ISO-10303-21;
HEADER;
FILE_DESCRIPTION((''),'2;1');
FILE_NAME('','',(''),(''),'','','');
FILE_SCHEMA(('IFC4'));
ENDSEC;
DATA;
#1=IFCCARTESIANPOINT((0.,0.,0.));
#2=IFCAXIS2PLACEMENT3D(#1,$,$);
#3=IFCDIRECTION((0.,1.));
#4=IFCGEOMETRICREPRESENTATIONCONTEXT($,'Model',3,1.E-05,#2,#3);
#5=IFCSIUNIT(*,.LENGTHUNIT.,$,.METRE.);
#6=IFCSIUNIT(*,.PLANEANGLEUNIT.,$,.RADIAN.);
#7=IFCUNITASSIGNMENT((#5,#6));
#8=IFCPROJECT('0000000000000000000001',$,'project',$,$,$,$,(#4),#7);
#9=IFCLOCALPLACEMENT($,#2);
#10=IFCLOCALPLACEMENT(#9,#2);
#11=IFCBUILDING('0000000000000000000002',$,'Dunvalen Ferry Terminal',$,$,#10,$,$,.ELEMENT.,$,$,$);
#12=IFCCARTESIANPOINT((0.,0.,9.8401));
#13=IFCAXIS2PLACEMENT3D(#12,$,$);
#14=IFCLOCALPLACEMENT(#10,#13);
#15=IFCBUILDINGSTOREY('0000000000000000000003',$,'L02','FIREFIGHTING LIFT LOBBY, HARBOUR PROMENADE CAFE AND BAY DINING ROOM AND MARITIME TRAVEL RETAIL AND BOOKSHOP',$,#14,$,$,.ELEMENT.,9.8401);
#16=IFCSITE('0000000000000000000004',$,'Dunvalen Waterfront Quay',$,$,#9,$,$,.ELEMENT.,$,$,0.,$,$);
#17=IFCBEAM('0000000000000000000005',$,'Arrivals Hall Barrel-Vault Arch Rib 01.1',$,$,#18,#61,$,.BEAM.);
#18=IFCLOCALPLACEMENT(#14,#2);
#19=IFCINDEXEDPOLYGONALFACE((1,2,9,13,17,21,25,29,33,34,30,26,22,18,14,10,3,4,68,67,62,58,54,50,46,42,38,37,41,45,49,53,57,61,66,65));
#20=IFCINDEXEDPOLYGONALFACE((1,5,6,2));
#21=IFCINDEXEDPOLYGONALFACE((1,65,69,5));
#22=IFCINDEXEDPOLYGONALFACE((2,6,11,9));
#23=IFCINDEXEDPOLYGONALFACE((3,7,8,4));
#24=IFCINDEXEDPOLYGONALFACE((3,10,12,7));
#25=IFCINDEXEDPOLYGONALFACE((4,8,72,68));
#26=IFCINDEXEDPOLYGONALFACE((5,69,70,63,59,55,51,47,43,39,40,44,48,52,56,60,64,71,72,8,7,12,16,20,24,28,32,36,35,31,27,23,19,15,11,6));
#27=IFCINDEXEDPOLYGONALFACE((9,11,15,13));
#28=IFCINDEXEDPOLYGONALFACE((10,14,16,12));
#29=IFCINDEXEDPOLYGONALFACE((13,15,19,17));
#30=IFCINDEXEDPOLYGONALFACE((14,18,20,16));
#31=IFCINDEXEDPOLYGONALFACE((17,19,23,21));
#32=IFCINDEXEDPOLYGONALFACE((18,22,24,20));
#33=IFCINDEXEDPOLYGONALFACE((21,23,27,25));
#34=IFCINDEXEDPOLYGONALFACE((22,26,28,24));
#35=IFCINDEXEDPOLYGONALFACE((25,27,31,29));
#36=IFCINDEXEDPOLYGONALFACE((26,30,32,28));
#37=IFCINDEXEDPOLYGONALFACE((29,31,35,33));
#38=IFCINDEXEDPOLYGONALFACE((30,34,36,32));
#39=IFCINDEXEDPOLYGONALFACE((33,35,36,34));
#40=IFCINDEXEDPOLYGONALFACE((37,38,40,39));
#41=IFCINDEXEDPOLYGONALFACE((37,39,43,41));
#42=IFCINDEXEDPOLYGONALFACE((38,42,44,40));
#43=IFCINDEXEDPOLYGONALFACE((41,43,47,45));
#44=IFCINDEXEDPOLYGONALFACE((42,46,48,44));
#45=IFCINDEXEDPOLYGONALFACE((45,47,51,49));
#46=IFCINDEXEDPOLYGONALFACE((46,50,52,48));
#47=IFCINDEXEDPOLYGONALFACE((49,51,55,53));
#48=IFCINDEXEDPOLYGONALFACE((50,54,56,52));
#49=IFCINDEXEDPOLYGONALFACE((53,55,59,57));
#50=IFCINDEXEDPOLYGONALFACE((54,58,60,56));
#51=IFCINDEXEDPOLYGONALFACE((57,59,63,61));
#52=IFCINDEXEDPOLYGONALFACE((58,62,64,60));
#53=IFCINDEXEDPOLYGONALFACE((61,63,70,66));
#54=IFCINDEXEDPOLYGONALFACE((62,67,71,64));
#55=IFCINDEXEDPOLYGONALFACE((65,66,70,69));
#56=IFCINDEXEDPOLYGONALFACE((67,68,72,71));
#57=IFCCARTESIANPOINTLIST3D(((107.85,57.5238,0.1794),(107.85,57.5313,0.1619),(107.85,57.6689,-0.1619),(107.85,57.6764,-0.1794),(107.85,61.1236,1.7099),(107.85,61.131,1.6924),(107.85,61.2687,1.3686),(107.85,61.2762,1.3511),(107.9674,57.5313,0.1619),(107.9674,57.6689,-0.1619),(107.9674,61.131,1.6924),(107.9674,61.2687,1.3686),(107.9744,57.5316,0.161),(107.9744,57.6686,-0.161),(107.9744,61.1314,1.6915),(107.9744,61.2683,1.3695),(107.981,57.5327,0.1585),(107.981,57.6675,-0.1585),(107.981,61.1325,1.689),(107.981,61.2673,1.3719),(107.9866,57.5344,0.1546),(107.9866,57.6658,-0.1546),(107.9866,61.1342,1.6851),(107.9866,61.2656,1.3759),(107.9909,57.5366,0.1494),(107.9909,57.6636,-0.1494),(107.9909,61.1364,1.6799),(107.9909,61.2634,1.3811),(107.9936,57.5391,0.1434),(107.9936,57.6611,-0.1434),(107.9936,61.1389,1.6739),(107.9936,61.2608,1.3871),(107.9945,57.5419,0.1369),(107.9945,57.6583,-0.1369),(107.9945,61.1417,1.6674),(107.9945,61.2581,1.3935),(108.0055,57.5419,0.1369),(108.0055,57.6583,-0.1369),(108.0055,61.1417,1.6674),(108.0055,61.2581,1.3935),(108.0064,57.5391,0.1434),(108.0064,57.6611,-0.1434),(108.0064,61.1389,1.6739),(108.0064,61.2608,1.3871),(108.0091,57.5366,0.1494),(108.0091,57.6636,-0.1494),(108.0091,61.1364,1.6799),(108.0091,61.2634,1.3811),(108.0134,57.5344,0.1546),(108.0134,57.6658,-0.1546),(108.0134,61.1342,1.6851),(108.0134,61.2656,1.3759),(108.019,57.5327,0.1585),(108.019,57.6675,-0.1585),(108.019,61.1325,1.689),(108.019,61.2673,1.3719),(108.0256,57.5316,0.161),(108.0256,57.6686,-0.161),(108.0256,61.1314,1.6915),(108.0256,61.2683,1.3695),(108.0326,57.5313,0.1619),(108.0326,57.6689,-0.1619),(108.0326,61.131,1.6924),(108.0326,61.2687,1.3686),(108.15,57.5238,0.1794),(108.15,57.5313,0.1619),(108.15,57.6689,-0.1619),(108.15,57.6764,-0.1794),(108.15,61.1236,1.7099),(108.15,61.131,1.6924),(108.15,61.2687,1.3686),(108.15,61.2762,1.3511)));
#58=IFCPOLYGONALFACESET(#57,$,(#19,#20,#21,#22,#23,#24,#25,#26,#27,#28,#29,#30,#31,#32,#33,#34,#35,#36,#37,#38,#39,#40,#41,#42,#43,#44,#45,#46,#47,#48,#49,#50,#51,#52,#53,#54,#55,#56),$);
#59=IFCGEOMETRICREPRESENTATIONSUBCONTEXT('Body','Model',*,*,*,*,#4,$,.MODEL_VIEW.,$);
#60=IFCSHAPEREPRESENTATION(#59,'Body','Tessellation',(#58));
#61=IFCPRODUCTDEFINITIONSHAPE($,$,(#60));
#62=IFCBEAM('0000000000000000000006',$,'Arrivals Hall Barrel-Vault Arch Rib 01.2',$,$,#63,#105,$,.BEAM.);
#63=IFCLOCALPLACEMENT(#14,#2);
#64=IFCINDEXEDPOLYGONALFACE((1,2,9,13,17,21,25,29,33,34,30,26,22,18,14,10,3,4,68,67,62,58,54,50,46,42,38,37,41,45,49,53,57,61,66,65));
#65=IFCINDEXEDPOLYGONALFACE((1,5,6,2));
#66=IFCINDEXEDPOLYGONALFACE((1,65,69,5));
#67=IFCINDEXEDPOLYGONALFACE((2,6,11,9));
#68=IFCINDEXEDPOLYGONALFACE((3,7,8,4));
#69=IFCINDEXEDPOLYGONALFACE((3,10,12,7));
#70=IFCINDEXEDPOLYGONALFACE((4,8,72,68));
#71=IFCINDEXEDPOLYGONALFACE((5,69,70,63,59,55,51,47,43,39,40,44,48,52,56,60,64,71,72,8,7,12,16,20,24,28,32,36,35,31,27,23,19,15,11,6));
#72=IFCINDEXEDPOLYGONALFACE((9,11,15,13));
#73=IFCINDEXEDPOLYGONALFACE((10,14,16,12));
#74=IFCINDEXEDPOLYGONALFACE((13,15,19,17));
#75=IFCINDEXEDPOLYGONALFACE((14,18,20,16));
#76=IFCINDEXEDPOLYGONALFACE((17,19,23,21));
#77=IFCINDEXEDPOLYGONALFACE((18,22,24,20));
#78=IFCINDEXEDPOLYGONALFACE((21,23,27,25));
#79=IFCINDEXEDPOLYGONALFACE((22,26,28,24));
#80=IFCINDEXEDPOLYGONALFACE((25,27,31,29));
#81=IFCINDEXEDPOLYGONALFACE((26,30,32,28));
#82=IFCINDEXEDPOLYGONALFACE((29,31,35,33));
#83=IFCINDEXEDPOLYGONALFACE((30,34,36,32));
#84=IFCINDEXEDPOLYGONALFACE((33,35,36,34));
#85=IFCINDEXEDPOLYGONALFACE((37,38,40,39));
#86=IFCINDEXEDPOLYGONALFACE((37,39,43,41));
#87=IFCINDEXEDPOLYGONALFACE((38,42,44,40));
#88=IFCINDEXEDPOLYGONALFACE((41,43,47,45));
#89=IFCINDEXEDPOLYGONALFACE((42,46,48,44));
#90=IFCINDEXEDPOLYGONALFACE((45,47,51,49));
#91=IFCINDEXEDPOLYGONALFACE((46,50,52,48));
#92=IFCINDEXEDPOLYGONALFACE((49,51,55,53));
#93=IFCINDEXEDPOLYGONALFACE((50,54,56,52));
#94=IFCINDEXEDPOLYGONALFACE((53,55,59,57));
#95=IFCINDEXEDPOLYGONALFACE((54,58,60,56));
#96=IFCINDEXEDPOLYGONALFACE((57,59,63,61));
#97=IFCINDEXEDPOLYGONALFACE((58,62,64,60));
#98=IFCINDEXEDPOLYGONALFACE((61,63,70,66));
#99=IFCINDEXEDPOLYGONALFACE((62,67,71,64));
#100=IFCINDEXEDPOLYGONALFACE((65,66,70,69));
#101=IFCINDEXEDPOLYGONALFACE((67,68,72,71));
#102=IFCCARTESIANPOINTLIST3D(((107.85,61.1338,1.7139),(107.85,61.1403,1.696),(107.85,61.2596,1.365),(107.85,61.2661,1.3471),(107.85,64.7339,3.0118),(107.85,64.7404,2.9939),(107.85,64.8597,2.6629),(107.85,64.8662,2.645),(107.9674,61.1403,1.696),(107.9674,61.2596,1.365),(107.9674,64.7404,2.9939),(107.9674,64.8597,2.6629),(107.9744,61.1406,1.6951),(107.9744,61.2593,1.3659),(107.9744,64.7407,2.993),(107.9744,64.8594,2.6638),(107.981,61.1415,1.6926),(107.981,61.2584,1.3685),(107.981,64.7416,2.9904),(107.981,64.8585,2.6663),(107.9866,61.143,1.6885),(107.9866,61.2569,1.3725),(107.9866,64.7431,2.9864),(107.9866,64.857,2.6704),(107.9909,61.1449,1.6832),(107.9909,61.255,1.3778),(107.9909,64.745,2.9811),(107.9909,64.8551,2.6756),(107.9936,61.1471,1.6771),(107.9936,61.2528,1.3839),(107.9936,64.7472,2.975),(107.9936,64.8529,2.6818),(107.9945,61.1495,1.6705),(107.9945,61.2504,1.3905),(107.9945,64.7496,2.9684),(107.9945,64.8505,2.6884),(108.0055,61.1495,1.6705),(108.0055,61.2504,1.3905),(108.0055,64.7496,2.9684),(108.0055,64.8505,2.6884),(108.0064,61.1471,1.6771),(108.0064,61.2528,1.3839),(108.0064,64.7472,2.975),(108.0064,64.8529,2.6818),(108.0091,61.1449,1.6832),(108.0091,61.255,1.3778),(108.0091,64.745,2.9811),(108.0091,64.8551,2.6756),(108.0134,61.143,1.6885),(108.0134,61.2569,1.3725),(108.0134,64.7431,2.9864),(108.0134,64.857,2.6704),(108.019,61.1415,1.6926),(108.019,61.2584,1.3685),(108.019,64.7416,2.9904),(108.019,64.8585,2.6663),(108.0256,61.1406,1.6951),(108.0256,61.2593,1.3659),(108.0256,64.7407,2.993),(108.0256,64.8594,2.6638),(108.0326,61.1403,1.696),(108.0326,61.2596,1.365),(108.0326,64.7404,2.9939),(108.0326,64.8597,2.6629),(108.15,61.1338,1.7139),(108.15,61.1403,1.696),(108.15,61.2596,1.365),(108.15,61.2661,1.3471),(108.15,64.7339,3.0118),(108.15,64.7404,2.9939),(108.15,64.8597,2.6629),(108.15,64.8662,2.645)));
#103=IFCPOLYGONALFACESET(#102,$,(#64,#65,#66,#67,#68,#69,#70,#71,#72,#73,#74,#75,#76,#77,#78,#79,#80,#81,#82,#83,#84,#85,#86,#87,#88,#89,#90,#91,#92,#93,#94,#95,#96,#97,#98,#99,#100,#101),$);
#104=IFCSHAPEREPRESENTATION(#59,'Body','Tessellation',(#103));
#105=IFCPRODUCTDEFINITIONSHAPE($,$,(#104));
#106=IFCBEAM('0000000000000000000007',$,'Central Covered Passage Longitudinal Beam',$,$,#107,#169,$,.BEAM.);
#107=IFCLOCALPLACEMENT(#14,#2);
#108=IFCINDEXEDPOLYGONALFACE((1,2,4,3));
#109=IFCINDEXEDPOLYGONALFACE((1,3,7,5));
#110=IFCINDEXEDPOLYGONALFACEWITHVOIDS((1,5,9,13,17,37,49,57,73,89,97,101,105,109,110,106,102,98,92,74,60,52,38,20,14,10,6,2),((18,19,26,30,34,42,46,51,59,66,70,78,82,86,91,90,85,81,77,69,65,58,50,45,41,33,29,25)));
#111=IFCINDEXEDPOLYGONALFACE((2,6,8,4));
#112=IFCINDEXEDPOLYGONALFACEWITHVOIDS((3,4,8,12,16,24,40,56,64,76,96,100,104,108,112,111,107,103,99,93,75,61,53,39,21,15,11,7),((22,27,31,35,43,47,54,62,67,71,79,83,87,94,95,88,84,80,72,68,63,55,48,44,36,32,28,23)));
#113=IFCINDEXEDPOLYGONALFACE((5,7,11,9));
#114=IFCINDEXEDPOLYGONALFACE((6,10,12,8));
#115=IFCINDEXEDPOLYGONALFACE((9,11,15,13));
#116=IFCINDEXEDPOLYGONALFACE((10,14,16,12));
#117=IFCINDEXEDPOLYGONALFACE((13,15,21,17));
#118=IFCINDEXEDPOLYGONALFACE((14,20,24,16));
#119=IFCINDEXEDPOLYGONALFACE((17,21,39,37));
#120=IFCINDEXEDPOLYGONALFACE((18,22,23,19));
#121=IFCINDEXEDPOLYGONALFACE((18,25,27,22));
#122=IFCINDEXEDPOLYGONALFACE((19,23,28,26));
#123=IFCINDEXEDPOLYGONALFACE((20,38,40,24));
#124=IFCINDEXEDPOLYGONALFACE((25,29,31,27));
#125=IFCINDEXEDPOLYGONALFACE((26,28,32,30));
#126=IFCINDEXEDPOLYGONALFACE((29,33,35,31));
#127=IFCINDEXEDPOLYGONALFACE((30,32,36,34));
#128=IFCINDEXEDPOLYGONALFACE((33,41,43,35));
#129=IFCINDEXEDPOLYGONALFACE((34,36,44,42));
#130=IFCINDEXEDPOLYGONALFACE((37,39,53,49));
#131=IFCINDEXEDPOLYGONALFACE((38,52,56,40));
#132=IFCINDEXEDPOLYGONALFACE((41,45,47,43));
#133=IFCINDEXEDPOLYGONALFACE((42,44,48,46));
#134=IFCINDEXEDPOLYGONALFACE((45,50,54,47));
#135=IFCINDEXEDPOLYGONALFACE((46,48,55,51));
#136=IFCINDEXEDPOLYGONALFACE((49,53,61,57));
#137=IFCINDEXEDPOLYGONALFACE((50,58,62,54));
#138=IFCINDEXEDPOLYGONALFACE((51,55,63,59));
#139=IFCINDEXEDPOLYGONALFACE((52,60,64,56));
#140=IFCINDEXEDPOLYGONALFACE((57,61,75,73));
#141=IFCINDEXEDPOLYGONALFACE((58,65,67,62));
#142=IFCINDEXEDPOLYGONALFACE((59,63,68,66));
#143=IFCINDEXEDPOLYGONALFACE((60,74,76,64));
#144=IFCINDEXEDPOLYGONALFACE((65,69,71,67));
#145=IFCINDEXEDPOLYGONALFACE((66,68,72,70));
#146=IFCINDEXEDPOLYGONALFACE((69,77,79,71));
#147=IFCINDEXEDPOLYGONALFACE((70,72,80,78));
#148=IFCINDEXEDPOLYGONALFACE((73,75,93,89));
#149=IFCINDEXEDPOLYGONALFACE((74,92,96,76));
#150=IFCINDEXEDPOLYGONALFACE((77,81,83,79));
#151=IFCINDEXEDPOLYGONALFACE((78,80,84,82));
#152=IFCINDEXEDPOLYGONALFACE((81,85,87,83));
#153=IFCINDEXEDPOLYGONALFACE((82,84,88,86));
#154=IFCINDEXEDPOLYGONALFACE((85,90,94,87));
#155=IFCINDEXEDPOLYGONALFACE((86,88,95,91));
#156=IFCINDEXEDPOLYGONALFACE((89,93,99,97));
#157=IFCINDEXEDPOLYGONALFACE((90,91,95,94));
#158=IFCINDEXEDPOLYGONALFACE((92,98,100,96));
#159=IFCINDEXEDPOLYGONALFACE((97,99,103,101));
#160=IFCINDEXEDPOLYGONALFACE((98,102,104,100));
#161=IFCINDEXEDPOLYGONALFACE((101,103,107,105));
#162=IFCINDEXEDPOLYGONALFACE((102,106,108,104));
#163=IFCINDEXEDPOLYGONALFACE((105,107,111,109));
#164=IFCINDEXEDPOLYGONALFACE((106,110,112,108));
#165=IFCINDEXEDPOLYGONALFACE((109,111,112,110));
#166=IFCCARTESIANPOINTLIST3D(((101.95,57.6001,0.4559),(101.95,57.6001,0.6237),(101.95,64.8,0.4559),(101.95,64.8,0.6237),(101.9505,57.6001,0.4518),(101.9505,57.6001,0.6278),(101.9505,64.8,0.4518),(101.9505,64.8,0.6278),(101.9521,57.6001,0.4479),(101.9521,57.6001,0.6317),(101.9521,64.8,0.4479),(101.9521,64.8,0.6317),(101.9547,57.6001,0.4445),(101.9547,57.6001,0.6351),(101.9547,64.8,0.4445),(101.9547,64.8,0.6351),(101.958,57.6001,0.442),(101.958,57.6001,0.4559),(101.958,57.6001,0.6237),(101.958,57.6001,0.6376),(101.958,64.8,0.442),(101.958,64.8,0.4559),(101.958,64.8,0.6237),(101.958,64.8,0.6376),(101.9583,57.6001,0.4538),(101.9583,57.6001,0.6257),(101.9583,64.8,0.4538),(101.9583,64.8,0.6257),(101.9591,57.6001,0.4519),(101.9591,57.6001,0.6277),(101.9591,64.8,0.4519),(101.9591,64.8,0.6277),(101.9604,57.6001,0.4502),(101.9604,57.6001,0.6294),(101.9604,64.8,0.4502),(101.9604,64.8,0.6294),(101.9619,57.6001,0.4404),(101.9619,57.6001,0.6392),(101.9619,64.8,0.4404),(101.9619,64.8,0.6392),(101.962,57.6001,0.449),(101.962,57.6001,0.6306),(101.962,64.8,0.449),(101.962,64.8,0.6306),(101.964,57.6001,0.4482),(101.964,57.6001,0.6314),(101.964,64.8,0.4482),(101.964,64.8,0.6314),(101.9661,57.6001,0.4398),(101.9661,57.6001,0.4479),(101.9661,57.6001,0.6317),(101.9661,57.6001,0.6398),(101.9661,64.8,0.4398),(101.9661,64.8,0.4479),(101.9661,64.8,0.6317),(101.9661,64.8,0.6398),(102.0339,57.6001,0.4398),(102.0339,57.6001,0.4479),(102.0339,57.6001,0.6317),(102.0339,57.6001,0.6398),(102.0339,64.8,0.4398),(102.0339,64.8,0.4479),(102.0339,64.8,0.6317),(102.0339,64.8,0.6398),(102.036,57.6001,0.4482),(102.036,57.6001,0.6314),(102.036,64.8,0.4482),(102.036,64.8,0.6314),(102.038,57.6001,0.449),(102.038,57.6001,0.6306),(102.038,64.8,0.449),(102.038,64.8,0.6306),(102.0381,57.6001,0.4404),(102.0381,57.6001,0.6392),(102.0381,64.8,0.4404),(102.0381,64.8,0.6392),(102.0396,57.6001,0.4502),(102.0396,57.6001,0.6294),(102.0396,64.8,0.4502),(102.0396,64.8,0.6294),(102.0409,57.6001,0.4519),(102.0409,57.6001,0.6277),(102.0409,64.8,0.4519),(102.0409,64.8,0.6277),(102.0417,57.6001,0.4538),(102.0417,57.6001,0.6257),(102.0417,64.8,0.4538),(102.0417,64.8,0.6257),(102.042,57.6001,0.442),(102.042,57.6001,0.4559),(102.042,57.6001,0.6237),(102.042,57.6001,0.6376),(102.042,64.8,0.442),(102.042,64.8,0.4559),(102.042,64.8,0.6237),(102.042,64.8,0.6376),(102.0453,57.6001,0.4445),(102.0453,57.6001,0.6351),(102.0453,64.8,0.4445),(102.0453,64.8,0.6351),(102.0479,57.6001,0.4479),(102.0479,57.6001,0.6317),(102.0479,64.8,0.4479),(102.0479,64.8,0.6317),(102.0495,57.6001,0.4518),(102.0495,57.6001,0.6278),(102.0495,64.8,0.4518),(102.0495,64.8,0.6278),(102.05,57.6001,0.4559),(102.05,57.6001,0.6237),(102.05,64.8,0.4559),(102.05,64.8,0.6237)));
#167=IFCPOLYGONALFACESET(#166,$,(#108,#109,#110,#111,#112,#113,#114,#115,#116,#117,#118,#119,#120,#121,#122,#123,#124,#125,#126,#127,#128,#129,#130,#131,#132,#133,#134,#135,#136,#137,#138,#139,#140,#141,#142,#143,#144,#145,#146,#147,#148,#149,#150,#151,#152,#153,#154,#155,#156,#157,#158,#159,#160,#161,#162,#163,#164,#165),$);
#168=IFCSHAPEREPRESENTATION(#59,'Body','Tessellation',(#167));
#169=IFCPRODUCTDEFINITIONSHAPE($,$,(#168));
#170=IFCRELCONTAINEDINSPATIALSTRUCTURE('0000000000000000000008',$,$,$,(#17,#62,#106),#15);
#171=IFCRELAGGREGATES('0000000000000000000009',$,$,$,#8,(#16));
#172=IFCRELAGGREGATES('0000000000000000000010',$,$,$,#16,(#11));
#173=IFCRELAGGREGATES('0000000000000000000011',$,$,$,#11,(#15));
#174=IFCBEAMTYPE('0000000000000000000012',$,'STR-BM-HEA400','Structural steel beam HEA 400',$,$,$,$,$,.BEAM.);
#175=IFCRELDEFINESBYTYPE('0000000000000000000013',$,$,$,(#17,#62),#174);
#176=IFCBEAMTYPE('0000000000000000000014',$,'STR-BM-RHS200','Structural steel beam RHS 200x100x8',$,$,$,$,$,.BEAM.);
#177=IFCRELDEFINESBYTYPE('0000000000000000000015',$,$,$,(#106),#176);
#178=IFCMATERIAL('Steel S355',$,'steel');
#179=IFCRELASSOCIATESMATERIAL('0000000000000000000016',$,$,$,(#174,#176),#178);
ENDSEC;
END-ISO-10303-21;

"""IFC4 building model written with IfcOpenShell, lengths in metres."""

from ifc_helpers import new_model, si_unit, direction, frame, origin, origin_2d, place, context, subcontext, project, spatial, hollow_rectangle, i_section, extrude, material, material_profile, profile_set, type_object, element, save


model = new_model("IFC4")

# Units and contexts
model_context = context("Model", 3, precision=1e-05, world=origin(), true_north=direction((0.0, 1.0)))
body_context = subcontext(model_context, "Body", "Model", "MODEL_VIEW")
ifc_project = project(units=[si_unit("LENGTHUNIT", "METRE"), si_unit("PLANEANGLEUNIT", "RADIAN")], contexts=[model_context])

# Site, building, storey
site_placement = place(None, origin())
site = spatial("IfcSite", under=ifc_project, at=site_placement, Name="Dunvalen Waterfront Quay", CompositionType="ELEMENT", RefElevation=0.0)
building_placement = place(site_placement, origin())
building = spatial("IfcBuilding", under=site, at=building_placement, Name="Dunvalen Ferry Terminal", CompositionType="ELEMENT")
storey_placement = place(building_placement, frame((0.0, 0.0, 9.8401)))
storey = spatial("IfcBuildingStorey", under=building, at=storey_placement, Name="L02", Description="FIREFIGHTING LIFT LOBBY, HARBOUR PROMENADE CAFE AND BAY DINING ROOM AND MARITIME TRAVEL RETAIL AND BOOKSHOP", CompositionType="ELEMENT", Elevation=9.8401)

# Beams
ifc_material_1 = material(Name="Steel S355", Category="steel")
ifc_material_profile_1 = material_profile(ifc_material_1, i_section(OverallWidth=0.3, OverallDepth=0.3899, WebThickness=0.011, FlangeThickness=0.019, FilletRadius=0.0271, at=origin_2d()), Name="Steel S355")
ifc_profile_set_1 = profile_set([ifc_material_profile_1], Name="Steel S355")
beam_type_1 = type_object("IfcBeamType", Name="STR-BM-HEA400", Description="Structural steel beam HEA 400", PredefinedType="BEAM", material=ifc_profile_set_1)
beam_1_placement = place(storey_placement, frame((108.0, 57.6001, 0.0), z_axis=(0.0, 0.920278, 0.391266), x_axis=(-1.0, 0.0, 0.0)))
element("IfcBeam", 1, at=beam_1_placement, inside=storey, type_object=beam_type_1, Name="Arrivals Hall Barrel-Vault Arch Rib 01.1", PredefinedType="BEAM", context=body_context, shape_type="SweptSolid", body=[
    extrude(i_section(OverallWidth=0.3, OverallDepth=0.3899, WebThickness=0.011, FlangeThickness=0.019, FilletRadius=0.0271, at=origin_2d()), origin(), (0.0, 0.0, 1.0), 3.9116),
])
beam_2_placement = place(storey_placement, frame((108.0, 61.2, 1.5305), z_axis=(0.0, 0.940736, 0.33914), x_axis=(-1.0, 0.0, 0.0)))
element("IfcBeam", 2, at=beam_2_placement, inside=storey, type_object=beam_type_1, Name="Arrivals Hall Barrel-Vault Arch Rib 01.2", PredefinedType="BEAM", context=body_context, shape_type="SweptSolid", body=[
    extrude(i_section(OverallWidth=0.3, OverallDepth=0.3899, WebThickness=0.011, FlangeThickness=0.019, FilletRadius=0.0271, at=origin_2d()), origin(), (0.0, 0.0, 1.0), 3.8269),
])
ifc_material_profile_2 = material_profile(ifc_material_1, hollow_rectangle(XDim=0.1001, YDim=0.2, WallThickness=0.0081, InnerFilletRadius=0.0081, OuterFilletRadius=0.0161, at=origin_2d()), Name="Steel S355")
ifc_profile_set_2 = profile_set([ifc_material_profile_2], Name="Steel S355")
beam_type_2 = type_object("IfcBeamType", Name="STR-BM-RHS200", Description="Structural steel beam RHS 200x100x8", PredefinedType="BEAM", material=ifc_profile_set_2)
beam_3_placement = place(storey_placement, frame((102.0, 57.6001, 0.5398), z_axis=(0.0, 1.0, 0.0), x_axis=(-1.0, 0.0, 0.0)))
element("IfcBeam", 3, at=beam_3_placement, inside=storey, type_object=beam_type_2, Name="Central Covered Passage Longitudinal Beam", PredefinedType="BEAM", context=body_context, shape_type="SweptSolid", body=[
    extrude(hollow_rectangle(XDim=0.1001, YDim=0.2, WallThickness=0.0081, InnerFilletRadius=0.0081, OuterFilletRadius=0.0161, at=origin_2d()), origin(), (0.0, 0.0, 1.0), 7.2),
])

save(model, "model.ifc")
